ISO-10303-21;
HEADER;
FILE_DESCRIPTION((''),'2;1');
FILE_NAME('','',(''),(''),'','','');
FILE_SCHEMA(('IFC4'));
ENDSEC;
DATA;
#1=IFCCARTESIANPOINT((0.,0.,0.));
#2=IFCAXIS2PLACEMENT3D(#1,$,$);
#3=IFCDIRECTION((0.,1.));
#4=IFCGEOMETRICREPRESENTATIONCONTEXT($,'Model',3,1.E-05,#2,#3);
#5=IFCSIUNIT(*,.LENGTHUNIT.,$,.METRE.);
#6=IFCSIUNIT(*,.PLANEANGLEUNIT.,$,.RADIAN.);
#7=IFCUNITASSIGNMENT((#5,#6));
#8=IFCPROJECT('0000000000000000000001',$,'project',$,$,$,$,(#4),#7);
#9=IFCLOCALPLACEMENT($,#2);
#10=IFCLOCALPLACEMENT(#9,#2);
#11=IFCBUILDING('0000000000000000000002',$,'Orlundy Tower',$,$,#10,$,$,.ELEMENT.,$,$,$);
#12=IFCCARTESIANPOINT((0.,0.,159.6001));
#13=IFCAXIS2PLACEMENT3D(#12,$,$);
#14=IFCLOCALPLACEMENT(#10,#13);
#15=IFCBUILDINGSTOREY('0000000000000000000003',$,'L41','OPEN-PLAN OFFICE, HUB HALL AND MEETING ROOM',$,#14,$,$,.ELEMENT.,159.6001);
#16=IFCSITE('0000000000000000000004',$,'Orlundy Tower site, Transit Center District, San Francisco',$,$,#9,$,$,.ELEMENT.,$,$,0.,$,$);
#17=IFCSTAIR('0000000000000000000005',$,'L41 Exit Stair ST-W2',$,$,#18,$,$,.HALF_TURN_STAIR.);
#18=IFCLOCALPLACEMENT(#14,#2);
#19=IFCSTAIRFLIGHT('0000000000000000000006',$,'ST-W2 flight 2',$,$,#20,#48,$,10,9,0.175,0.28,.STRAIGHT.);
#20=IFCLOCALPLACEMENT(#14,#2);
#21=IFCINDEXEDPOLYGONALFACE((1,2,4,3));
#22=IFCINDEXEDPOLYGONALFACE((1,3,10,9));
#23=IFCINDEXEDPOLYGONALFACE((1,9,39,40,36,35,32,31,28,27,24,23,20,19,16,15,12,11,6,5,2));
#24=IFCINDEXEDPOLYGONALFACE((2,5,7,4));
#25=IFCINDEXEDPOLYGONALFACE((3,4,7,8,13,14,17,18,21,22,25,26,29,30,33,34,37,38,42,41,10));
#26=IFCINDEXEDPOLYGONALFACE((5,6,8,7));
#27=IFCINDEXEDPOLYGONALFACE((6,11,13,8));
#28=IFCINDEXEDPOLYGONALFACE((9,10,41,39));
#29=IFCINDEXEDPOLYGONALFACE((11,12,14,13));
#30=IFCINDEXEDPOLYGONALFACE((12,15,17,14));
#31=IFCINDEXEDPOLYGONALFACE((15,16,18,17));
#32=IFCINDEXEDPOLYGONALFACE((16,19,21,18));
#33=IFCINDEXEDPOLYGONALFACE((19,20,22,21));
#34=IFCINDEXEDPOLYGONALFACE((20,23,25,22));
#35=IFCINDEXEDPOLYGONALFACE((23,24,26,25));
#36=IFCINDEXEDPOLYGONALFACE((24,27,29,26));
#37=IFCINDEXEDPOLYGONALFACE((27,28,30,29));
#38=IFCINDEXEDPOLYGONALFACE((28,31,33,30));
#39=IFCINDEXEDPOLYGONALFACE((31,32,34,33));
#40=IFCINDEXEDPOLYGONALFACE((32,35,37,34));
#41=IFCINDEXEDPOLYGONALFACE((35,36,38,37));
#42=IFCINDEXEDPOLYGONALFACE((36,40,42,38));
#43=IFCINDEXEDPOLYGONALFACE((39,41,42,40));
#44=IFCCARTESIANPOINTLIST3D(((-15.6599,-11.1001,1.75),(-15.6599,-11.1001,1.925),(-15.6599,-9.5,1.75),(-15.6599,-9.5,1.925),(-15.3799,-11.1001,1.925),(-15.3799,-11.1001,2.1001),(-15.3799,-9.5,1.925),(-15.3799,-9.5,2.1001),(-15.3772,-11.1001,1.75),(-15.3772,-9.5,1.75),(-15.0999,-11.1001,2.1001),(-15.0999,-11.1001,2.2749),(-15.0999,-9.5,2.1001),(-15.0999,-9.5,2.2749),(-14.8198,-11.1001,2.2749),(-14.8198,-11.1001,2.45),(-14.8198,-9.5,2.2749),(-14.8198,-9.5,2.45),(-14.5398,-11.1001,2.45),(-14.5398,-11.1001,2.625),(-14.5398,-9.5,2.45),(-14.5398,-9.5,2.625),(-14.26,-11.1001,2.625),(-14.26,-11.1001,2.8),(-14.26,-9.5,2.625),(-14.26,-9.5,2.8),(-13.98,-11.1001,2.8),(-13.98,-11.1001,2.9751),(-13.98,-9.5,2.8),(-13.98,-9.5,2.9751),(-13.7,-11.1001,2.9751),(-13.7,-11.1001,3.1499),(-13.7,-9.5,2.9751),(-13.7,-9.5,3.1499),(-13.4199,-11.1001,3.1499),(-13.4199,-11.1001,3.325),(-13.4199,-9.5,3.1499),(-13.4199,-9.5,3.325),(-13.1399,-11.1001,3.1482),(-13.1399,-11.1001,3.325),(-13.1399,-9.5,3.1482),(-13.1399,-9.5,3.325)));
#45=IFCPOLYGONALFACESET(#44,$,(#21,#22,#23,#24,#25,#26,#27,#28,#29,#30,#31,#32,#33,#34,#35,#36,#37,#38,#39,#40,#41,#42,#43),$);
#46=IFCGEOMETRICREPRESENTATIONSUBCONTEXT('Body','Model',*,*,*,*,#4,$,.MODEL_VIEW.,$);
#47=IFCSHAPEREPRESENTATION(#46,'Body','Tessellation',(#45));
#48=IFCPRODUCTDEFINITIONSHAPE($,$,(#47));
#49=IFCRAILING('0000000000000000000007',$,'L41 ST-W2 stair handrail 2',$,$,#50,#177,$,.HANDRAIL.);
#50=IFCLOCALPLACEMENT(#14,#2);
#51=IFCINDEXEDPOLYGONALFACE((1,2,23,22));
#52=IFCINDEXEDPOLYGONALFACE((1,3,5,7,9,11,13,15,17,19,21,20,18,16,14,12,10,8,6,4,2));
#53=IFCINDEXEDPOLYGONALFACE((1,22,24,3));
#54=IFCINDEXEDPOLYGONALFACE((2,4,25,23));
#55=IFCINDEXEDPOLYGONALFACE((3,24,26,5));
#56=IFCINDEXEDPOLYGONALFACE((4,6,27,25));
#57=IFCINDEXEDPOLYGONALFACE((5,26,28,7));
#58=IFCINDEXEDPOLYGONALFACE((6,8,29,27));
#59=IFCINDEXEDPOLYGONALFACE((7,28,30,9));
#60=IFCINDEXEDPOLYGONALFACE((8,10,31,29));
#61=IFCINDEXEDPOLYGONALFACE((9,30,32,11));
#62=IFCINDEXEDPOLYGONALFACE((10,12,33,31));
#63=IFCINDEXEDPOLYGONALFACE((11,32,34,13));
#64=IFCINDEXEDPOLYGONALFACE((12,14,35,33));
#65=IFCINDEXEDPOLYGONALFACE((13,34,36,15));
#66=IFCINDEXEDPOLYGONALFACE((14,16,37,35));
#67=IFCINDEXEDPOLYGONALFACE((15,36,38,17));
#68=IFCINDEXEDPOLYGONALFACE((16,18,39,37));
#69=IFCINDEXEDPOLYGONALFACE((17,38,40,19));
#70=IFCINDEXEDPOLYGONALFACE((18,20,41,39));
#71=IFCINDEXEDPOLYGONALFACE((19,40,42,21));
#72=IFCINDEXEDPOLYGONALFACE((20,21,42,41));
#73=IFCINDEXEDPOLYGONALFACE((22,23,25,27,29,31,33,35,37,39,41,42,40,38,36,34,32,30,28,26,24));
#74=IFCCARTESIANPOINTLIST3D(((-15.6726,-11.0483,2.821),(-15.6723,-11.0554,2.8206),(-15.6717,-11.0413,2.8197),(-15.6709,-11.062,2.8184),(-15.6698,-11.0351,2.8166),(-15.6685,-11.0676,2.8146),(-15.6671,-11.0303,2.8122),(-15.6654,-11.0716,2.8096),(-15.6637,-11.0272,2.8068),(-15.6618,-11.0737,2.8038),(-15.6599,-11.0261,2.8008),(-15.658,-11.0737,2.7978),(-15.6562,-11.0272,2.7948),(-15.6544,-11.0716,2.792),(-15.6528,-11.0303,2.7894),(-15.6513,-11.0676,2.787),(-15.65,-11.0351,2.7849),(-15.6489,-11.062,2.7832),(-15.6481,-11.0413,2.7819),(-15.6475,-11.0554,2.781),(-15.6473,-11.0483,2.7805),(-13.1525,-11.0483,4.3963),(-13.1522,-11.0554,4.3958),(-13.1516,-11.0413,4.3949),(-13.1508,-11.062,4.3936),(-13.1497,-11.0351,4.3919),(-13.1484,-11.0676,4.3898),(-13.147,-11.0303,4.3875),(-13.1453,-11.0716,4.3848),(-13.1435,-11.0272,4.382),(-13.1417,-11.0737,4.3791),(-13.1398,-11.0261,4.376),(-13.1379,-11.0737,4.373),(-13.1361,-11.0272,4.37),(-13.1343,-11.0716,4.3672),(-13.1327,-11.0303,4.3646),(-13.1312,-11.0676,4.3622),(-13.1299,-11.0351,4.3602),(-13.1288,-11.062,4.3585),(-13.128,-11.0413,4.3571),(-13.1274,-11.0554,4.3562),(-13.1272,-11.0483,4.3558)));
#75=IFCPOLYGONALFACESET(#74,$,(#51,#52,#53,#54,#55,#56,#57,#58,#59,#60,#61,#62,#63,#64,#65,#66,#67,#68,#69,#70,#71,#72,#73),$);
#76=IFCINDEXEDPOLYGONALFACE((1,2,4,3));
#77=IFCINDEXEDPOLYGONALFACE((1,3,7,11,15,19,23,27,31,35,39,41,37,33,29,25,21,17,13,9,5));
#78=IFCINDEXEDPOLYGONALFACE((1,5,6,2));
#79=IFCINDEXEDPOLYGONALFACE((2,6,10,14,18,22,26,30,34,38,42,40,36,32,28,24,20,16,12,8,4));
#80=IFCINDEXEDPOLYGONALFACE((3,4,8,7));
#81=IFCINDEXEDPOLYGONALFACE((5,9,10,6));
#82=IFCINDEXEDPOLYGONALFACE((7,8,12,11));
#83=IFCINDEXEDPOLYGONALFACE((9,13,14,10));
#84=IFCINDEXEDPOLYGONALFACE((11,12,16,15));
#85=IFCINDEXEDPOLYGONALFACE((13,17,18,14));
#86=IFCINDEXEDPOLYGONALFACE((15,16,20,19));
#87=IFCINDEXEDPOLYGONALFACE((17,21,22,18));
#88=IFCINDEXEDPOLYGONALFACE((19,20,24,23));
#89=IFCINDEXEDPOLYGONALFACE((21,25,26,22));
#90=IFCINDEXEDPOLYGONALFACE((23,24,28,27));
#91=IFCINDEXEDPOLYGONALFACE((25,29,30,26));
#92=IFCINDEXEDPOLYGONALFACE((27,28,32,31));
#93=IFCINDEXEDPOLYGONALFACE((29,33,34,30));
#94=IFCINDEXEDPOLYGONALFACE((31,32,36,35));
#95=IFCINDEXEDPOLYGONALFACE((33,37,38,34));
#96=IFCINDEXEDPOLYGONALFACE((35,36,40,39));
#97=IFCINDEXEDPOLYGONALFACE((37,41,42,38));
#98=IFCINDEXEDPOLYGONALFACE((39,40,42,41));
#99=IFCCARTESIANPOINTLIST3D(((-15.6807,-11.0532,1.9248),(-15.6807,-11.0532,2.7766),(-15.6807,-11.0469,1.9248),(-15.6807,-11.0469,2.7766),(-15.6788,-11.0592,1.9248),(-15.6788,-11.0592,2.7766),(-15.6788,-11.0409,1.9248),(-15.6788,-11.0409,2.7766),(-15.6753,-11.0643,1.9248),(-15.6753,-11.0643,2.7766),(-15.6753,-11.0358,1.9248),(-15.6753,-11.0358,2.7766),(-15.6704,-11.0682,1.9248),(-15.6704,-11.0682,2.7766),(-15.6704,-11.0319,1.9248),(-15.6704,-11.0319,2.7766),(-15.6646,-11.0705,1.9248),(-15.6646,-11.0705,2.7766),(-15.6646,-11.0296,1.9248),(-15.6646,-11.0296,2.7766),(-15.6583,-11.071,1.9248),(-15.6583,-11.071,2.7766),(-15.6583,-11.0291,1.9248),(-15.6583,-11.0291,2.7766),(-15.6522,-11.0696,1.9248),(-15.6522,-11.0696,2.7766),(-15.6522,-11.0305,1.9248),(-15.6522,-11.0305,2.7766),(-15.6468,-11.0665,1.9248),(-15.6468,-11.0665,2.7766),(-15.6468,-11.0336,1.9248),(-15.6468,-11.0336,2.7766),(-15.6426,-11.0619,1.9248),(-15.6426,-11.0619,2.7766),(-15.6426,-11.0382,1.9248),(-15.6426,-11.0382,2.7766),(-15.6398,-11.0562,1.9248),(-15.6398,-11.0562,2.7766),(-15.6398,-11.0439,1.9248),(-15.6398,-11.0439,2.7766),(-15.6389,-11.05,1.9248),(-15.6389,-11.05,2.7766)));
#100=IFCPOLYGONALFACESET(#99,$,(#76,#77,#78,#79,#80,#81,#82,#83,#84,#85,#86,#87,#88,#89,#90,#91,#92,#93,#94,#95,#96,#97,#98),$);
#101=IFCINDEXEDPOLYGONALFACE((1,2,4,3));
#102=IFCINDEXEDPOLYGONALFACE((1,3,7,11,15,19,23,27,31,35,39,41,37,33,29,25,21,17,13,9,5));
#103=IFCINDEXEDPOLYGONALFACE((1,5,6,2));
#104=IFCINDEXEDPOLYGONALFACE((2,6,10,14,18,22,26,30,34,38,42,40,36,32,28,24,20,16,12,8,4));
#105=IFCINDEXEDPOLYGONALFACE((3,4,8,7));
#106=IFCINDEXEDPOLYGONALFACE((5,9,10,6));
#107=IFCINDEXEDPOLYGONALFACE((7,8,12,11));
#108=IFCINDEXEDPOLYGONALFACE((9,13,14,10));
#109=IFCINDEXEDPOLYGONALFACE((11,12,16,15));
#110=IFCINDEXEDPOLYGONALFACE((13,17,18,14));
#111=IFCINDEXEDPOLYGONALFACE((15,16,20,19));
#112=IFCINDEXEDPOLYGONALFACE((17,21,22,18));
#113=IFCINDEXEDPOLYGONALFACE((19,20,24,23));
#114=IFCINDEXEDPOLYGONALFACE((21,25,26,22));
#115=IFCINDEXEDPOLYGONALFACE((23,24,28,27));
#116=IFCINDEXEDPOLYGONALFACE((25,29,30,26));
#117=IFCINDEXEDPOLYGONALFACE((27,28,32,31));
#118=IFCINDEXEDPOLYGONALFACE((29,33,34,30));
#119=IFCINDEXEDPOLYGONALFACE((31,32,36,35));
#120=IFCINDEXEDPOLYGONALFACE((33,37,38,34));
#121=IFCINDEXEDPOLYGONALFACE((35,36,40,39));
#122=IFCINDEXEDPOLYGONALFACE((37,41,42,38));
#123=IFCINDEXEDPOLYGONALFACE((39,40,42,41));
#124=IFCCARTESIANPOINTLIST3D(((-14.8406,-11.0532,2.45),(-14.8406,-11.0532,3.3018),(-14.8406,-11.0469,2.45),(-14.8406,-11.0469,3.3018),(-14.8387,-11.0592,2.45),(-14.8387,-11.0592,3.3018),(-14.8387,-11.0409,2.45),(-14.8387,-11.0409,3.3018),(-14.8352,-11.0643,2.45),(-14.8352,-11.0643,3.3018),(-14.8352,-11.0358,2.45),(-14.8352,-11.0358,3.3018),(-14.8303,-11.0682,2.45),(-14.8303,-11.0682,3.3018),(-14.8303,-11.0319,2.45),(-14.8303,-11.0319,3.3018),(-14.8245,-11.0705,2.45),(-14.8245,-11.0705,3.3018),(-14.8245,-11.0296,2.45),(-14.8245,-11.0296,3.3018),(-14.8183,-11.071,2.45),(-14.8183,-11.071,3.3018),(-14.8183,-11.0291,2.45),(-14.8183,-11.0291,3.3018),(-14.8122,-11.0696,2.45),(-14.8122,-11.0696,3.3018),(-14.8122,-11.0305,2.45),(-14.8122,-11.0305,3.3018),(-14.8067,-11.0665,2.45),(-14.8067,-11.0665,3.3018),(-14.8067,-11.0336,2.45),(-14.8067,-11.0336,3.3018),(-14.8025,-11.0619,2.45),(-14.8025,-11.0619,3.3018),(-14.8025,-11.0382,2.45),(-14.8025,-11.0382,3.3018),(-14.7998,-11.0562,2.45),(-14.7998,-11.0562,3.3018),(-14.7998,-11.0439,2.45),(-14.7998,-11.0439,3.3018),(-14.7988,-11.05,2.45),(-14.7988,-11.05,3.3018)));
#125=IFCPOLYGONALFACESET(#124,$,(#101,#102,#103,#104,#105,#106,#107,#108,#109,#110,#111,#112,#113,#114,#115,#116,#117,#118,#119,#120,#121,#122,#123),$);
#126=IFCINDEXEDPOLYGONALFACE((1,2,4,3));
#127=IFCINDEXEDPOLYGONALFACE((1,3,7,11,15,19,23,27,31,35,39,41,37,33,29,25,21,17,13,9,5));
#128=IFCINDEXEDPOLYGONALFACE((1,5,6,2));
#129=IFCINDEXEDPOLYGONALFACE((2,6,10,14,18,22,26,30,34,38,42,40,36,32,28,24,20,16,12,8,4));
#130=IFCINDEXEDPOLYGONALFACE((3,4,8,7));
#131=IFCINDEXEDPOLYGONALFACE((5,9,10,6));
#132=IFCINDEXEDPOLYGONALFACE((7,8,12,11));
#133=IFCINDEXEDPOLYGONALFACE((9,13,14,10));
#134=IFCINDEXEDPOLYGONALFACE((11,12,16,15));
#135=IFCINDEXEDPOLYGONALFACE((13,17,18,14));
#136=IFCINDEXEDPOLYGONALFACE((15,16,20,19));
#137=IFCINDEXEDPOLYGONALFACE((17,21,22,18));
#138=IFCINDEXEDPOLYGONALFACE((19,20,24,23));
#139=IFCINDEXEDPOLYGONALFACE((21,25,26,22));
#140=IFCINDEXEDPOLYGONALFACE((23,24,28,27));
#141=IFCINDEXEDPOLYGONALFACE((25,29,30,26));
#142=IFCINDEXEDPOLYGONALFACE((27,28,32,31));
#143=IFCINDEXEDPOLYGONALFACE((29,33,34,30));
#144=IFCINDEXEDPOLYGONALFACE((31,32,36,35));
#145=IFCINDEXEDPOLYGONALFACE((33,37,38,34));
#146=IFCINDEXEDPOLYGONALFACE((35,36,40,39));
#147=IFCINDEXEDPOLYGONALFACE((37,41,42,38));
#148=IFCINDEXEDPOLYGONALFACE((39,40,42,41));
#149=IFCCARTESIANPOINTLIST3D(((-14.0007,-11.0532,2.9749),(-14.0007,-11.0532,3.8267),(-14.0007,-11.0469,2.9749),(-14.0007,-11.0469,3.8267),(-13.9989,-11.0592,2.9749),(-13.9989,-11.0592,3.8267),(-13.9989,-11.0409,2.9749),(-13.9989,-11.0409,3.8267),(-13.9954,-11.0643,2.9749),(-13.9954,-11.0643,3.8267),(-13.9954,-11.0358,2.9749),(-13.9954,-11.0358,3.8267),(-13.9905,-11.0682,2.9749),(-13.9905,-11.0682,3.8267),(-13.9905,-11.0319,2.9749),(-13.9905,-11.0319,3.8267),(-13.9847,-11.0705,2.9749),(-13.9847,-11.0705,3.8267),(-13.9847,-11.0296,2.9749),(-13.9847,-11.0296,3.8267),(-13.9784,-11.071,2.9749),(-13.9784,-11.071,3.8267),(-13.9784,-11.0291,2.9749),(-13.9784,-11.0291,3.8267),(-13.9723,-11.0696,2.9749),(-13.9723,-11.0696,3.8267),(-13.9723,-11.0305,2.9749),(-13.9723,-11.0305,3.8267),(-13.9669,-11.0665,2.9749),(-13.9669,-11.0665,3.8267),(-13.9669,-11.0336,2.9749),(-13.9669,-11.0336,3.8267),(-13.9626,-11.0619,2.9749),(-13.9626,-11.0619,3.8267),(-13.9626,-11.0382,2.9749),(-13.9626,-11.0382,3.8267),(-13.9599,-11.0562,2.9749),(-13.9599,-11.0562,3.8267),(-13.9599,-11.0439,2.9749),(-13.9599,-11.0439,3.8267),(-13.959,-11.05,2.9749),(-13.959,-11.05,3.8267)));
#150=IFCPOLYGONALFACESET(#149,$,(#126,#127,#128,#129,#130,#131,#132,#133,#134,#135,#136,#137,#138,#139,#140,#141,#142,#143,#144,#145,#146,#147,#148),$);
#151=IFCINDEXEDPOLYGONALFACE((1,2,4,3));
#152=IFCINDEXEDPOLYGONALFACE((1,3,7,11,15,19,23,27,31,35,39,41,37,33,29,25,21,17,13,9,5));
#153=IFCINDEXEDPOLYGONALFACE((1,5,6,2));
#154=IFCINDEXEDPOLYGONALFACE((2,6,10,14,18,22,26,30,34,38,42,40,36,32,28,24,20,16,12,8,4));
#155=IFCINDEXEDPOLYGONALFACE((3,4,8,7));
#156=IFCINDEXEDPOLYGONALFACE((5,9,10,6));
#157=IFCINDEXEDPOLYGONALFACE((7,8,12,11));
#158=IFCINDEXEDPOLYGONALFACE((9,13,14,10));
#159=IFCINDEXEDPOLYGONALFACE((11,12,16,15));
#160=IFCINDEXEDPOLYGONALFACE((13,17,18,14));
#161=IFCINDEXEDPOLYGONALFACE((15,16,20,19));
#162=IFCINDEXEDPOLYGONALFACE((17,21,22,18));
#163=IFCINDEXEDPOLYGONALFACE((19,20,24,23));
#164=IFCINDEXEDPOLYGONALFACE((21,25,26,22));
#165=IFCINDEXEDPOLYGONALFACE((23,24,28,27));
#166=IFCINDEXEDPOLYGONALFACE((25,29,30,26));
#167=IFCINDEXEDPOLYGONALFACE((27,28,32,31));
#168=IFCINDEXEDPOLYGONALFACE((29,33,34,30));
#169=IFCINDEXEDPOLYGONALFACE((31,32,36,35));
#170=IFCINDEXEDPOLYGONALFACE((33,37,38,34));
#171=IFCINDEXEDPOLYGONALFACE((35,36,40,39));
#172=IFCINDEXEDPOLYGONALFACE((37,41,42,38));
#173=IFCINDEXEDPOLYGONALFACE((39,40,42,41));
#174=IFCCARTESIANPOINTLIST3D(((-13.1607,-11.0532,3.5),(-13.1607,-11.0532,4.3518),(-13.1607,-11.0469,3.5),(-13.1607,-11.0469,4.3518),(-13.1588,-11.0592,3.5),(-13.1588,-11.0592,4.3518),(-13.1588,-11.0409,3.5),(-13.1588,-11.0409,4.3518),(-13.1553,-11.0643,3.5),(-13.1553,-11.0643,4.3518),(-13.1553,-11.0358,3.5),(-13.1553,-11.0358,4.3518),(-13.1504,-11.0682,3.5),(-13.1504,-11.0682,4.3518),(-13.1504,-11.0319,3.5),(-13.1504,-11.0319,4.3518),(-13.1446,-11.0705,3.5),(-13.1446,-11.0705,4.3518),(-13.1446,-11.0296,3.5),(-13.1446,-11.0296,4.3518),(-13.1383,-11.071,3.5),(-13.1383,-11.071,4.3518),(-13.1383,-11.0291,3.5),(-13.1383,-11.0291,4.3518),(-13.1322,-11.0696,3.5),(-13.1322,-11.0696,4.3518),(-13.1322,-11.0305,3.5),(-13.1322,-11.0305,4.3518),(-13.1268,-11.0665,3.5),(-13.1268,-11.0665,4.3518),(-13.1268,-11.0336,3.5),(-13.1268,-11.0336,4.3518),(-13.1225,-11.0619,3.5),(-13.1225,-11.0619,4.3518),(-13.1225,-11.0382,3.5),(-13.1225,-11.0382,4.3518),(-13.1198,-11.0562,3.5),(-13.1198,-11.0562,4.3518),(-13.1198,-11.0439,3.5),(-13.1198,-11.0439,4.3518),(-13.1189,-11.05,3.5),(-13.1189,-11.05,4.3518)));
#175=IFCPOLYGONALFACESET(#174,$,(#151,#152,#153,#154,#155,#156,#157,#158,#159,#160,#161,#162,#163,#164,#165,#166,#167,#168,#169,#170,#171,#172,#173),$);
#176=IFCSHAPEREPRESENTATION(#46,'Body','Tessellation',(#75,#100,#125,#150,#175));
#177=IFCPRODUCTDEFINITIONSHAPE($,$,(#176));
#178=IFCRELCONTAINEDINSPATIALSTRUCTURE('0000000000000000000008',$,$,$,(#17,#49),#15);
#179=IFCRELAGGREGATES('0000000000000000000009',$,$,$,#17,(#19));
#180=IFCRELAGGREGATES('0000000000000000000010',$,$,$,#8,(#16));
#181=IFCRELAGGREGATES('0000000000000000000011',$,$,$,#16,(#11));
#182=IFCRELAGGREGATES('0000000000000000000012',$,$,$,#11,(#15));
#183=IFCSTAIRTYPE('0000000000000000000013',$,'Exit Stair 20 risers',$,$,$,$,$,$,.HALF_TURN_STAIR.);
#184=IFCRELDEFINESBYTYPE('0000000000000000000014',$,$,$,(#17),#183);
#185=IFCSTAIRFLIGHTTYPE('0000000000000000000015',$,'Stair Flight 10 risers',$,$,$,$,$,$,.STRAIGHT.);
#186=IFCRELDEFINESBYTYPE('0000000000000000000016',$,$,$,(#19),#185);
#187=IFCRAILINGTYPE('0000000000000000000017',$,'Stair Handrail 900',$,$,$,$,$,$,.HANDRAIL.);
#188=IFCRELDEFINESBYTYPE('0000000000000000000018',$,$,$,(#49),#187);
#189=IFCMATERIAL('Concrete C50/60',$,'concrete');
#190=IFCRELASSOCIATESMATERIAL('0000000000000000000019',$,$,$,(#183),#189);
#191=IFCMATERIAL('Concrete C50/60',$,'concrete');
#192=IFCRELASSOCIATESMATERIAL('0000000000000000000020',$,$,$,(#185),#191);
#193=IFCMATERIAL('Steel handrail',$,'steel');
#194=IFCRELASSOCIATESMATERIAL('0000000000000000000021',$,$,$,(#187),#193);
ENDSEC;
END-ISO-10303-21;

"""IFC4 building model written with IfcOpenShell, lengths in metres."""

from ifc_helpers import new_model, si_unit, direction, frame, origin, origin_2d, place, context, subcontext, project, spatial, polyline, circle, outline, extrude, material, type_object, element, aggregate, save


model = new_model("IFC4")

# Units and contexts
model_context = context("Model", 3, precision=1e-05, world=origin(), true_north=direction((0.0, 1.0)))
body_context = subcontext(model_context, "Body", "Model", "MODEL_VIEW")
ifc_project = project(units=[si_unit("LENGTHUNIT", "METRE"), si_unit("PLANEANGLEUNIT", "RADIAN")], contexts=[model_context])

# Site, building, storey
site_placement = place(None, origin())
site = spatial("IfcSite", under=ifc_project, at=site_placement, Name="Orlundy Tower site, Transit Center District, San Francisco", CompositionType="ELEMENT", RefElevation=0.0)
building_placement = place(site_placement, origin())
building = spatial("IfcBuilding", under=site, at=building_placement, Name="Orlundy Tower", CompositionType="ELEMENT")
storey_placement = place(building_placement, frame((0.0, 0.0, 159.6001)))
storey = spatial("IfcBuildingStorey", under=building, at=storey_placement, Name="L41", Description="OPEN-PLAN OFFICE, HUB HALL AND MEETING ROOM", CompositionType="ELEMENT", Elevation=159.6001)

# Stair, stair flight
ifc_material_1 = material(Name="Concrete C50/60", Category="concrete")
stair_type = type_object("IfcStairType", Name="Exit Stair 20 risers", PredefinedType="HALF_TURN_STAIR", material=ifc_material_1)
stair_placement = place(storey_placement, origin())
stair = element("IfcStair", 1, at=stair_placement, inside=storey, type_object=stair_type, Name="L41 Exit Stair ST-W2", PredefinedType="HALF_TURN_STAIR")
ifc_material_2 = material(Name="Concrete C50/60", Category="concrete")
stair_flight_type = type_object("IfcStairFlightType", Name="Stair Flight 10 risers", PredefinedType="STRAIGHT", material=ifc_material_2)
stair_flight_placement = place(storey_placement, frame((-15.6599, -10.3, 1.75), z_axis=(0.0, 0.0, 1.0), x_axis=(1.0, 0.0, 0.0)))
stair_flight = element("IfcStairFlight", 2, at=stair_flight_placement, type_object=stair_flight_type, Name="ST-W2 flight 2", NumberOfRisers=10, NumberOfTreads=9, PredefinedType="STRAIGHT", RiserHeight=0.175, TreadLength=0.28, context=body_context, shape_type="SweptSolid", body=[
    extrude(outline(polyline([(0.0, 0.0), (0.0, 0.175), (0.28, 0.175), (0.28, 0.3501), (0.5601, 0.3501), (0.5601, 0.5249), (0.8401, 0.5249), (0.8401, 0.7), (1.1201, 0.7), (1.1201, 0.875), (1.3999, 0.875), (1.3999, 1.05), (1.6799, 1.05), (1.6799, 1.2251), (1.96, 1.2251), (1.96, 1.3999), (2.24, 1.3999), (2.24, 1.575), (2.52, 1.575), (2.52, 1.75), (2.52, 1.3982), (0.2827, 0.0), (0.0, 0.0)])), frame((0.0, 0.8, 0.0), z_axis=(0.0, -1.0, 0.0), x_axis=(1.0, 0.0, 0.0)), (0.0, 0.0, 1.0), 1.6001),
])
aggregate(stair, [stair_flight])

# Railing
ifc_material_3 = material(Name="Steel handrail", Category="steel")
railing_type = type_object("IfcRailingType", Name="Stair Handrail 900", PredefinedType="HANDRAIL", material=ifc_material_3)
railing_placement = place(storey_placement, frame((-15.6599, -11.05, 1.9248)))
element("IfcRailing", 3, at=railing_placement, inside=storey, type_object=railing_type, Name="L41 ST-W2 stair handrail 2", PredefinedType="HANDRAIL", context=body_context, shape_type="SweptSolid", body=[
    extrude(circle(Radius=0.0239, at=origin_2d()), frame((0.0, 0.0, 0.876), z_axis=(0.847971, 0.0, 0.530043), x_axis=(0.0, 1.0, 0.0)), (0.0, 0.0, 1.0), 2.9719),
    extrude(circle(Radius=0.021, at=origin_2d()), origin(), (0.0, 0.0, 1.0), 0.8518),
    extrude(circle(Radius=0.021, at=origin_2d()), frame((0.8401, 0.0, 0.5251)), (0.0, 0.0, 1.0), 0.8518),
    extrude(circle(Radius=0.021, at=origin_2d()), frame((1.6799, 0.0, 1.05)), (0.0, 0.0, 1.0), 0.8518),
    extrude(circle(Radius=0.021, at=origin_2d()), frame((2.52, 0.0, 1.5752)), (0.0, 0.0, 1.0), 0.8518),
])

save(model, "model.ifc")
